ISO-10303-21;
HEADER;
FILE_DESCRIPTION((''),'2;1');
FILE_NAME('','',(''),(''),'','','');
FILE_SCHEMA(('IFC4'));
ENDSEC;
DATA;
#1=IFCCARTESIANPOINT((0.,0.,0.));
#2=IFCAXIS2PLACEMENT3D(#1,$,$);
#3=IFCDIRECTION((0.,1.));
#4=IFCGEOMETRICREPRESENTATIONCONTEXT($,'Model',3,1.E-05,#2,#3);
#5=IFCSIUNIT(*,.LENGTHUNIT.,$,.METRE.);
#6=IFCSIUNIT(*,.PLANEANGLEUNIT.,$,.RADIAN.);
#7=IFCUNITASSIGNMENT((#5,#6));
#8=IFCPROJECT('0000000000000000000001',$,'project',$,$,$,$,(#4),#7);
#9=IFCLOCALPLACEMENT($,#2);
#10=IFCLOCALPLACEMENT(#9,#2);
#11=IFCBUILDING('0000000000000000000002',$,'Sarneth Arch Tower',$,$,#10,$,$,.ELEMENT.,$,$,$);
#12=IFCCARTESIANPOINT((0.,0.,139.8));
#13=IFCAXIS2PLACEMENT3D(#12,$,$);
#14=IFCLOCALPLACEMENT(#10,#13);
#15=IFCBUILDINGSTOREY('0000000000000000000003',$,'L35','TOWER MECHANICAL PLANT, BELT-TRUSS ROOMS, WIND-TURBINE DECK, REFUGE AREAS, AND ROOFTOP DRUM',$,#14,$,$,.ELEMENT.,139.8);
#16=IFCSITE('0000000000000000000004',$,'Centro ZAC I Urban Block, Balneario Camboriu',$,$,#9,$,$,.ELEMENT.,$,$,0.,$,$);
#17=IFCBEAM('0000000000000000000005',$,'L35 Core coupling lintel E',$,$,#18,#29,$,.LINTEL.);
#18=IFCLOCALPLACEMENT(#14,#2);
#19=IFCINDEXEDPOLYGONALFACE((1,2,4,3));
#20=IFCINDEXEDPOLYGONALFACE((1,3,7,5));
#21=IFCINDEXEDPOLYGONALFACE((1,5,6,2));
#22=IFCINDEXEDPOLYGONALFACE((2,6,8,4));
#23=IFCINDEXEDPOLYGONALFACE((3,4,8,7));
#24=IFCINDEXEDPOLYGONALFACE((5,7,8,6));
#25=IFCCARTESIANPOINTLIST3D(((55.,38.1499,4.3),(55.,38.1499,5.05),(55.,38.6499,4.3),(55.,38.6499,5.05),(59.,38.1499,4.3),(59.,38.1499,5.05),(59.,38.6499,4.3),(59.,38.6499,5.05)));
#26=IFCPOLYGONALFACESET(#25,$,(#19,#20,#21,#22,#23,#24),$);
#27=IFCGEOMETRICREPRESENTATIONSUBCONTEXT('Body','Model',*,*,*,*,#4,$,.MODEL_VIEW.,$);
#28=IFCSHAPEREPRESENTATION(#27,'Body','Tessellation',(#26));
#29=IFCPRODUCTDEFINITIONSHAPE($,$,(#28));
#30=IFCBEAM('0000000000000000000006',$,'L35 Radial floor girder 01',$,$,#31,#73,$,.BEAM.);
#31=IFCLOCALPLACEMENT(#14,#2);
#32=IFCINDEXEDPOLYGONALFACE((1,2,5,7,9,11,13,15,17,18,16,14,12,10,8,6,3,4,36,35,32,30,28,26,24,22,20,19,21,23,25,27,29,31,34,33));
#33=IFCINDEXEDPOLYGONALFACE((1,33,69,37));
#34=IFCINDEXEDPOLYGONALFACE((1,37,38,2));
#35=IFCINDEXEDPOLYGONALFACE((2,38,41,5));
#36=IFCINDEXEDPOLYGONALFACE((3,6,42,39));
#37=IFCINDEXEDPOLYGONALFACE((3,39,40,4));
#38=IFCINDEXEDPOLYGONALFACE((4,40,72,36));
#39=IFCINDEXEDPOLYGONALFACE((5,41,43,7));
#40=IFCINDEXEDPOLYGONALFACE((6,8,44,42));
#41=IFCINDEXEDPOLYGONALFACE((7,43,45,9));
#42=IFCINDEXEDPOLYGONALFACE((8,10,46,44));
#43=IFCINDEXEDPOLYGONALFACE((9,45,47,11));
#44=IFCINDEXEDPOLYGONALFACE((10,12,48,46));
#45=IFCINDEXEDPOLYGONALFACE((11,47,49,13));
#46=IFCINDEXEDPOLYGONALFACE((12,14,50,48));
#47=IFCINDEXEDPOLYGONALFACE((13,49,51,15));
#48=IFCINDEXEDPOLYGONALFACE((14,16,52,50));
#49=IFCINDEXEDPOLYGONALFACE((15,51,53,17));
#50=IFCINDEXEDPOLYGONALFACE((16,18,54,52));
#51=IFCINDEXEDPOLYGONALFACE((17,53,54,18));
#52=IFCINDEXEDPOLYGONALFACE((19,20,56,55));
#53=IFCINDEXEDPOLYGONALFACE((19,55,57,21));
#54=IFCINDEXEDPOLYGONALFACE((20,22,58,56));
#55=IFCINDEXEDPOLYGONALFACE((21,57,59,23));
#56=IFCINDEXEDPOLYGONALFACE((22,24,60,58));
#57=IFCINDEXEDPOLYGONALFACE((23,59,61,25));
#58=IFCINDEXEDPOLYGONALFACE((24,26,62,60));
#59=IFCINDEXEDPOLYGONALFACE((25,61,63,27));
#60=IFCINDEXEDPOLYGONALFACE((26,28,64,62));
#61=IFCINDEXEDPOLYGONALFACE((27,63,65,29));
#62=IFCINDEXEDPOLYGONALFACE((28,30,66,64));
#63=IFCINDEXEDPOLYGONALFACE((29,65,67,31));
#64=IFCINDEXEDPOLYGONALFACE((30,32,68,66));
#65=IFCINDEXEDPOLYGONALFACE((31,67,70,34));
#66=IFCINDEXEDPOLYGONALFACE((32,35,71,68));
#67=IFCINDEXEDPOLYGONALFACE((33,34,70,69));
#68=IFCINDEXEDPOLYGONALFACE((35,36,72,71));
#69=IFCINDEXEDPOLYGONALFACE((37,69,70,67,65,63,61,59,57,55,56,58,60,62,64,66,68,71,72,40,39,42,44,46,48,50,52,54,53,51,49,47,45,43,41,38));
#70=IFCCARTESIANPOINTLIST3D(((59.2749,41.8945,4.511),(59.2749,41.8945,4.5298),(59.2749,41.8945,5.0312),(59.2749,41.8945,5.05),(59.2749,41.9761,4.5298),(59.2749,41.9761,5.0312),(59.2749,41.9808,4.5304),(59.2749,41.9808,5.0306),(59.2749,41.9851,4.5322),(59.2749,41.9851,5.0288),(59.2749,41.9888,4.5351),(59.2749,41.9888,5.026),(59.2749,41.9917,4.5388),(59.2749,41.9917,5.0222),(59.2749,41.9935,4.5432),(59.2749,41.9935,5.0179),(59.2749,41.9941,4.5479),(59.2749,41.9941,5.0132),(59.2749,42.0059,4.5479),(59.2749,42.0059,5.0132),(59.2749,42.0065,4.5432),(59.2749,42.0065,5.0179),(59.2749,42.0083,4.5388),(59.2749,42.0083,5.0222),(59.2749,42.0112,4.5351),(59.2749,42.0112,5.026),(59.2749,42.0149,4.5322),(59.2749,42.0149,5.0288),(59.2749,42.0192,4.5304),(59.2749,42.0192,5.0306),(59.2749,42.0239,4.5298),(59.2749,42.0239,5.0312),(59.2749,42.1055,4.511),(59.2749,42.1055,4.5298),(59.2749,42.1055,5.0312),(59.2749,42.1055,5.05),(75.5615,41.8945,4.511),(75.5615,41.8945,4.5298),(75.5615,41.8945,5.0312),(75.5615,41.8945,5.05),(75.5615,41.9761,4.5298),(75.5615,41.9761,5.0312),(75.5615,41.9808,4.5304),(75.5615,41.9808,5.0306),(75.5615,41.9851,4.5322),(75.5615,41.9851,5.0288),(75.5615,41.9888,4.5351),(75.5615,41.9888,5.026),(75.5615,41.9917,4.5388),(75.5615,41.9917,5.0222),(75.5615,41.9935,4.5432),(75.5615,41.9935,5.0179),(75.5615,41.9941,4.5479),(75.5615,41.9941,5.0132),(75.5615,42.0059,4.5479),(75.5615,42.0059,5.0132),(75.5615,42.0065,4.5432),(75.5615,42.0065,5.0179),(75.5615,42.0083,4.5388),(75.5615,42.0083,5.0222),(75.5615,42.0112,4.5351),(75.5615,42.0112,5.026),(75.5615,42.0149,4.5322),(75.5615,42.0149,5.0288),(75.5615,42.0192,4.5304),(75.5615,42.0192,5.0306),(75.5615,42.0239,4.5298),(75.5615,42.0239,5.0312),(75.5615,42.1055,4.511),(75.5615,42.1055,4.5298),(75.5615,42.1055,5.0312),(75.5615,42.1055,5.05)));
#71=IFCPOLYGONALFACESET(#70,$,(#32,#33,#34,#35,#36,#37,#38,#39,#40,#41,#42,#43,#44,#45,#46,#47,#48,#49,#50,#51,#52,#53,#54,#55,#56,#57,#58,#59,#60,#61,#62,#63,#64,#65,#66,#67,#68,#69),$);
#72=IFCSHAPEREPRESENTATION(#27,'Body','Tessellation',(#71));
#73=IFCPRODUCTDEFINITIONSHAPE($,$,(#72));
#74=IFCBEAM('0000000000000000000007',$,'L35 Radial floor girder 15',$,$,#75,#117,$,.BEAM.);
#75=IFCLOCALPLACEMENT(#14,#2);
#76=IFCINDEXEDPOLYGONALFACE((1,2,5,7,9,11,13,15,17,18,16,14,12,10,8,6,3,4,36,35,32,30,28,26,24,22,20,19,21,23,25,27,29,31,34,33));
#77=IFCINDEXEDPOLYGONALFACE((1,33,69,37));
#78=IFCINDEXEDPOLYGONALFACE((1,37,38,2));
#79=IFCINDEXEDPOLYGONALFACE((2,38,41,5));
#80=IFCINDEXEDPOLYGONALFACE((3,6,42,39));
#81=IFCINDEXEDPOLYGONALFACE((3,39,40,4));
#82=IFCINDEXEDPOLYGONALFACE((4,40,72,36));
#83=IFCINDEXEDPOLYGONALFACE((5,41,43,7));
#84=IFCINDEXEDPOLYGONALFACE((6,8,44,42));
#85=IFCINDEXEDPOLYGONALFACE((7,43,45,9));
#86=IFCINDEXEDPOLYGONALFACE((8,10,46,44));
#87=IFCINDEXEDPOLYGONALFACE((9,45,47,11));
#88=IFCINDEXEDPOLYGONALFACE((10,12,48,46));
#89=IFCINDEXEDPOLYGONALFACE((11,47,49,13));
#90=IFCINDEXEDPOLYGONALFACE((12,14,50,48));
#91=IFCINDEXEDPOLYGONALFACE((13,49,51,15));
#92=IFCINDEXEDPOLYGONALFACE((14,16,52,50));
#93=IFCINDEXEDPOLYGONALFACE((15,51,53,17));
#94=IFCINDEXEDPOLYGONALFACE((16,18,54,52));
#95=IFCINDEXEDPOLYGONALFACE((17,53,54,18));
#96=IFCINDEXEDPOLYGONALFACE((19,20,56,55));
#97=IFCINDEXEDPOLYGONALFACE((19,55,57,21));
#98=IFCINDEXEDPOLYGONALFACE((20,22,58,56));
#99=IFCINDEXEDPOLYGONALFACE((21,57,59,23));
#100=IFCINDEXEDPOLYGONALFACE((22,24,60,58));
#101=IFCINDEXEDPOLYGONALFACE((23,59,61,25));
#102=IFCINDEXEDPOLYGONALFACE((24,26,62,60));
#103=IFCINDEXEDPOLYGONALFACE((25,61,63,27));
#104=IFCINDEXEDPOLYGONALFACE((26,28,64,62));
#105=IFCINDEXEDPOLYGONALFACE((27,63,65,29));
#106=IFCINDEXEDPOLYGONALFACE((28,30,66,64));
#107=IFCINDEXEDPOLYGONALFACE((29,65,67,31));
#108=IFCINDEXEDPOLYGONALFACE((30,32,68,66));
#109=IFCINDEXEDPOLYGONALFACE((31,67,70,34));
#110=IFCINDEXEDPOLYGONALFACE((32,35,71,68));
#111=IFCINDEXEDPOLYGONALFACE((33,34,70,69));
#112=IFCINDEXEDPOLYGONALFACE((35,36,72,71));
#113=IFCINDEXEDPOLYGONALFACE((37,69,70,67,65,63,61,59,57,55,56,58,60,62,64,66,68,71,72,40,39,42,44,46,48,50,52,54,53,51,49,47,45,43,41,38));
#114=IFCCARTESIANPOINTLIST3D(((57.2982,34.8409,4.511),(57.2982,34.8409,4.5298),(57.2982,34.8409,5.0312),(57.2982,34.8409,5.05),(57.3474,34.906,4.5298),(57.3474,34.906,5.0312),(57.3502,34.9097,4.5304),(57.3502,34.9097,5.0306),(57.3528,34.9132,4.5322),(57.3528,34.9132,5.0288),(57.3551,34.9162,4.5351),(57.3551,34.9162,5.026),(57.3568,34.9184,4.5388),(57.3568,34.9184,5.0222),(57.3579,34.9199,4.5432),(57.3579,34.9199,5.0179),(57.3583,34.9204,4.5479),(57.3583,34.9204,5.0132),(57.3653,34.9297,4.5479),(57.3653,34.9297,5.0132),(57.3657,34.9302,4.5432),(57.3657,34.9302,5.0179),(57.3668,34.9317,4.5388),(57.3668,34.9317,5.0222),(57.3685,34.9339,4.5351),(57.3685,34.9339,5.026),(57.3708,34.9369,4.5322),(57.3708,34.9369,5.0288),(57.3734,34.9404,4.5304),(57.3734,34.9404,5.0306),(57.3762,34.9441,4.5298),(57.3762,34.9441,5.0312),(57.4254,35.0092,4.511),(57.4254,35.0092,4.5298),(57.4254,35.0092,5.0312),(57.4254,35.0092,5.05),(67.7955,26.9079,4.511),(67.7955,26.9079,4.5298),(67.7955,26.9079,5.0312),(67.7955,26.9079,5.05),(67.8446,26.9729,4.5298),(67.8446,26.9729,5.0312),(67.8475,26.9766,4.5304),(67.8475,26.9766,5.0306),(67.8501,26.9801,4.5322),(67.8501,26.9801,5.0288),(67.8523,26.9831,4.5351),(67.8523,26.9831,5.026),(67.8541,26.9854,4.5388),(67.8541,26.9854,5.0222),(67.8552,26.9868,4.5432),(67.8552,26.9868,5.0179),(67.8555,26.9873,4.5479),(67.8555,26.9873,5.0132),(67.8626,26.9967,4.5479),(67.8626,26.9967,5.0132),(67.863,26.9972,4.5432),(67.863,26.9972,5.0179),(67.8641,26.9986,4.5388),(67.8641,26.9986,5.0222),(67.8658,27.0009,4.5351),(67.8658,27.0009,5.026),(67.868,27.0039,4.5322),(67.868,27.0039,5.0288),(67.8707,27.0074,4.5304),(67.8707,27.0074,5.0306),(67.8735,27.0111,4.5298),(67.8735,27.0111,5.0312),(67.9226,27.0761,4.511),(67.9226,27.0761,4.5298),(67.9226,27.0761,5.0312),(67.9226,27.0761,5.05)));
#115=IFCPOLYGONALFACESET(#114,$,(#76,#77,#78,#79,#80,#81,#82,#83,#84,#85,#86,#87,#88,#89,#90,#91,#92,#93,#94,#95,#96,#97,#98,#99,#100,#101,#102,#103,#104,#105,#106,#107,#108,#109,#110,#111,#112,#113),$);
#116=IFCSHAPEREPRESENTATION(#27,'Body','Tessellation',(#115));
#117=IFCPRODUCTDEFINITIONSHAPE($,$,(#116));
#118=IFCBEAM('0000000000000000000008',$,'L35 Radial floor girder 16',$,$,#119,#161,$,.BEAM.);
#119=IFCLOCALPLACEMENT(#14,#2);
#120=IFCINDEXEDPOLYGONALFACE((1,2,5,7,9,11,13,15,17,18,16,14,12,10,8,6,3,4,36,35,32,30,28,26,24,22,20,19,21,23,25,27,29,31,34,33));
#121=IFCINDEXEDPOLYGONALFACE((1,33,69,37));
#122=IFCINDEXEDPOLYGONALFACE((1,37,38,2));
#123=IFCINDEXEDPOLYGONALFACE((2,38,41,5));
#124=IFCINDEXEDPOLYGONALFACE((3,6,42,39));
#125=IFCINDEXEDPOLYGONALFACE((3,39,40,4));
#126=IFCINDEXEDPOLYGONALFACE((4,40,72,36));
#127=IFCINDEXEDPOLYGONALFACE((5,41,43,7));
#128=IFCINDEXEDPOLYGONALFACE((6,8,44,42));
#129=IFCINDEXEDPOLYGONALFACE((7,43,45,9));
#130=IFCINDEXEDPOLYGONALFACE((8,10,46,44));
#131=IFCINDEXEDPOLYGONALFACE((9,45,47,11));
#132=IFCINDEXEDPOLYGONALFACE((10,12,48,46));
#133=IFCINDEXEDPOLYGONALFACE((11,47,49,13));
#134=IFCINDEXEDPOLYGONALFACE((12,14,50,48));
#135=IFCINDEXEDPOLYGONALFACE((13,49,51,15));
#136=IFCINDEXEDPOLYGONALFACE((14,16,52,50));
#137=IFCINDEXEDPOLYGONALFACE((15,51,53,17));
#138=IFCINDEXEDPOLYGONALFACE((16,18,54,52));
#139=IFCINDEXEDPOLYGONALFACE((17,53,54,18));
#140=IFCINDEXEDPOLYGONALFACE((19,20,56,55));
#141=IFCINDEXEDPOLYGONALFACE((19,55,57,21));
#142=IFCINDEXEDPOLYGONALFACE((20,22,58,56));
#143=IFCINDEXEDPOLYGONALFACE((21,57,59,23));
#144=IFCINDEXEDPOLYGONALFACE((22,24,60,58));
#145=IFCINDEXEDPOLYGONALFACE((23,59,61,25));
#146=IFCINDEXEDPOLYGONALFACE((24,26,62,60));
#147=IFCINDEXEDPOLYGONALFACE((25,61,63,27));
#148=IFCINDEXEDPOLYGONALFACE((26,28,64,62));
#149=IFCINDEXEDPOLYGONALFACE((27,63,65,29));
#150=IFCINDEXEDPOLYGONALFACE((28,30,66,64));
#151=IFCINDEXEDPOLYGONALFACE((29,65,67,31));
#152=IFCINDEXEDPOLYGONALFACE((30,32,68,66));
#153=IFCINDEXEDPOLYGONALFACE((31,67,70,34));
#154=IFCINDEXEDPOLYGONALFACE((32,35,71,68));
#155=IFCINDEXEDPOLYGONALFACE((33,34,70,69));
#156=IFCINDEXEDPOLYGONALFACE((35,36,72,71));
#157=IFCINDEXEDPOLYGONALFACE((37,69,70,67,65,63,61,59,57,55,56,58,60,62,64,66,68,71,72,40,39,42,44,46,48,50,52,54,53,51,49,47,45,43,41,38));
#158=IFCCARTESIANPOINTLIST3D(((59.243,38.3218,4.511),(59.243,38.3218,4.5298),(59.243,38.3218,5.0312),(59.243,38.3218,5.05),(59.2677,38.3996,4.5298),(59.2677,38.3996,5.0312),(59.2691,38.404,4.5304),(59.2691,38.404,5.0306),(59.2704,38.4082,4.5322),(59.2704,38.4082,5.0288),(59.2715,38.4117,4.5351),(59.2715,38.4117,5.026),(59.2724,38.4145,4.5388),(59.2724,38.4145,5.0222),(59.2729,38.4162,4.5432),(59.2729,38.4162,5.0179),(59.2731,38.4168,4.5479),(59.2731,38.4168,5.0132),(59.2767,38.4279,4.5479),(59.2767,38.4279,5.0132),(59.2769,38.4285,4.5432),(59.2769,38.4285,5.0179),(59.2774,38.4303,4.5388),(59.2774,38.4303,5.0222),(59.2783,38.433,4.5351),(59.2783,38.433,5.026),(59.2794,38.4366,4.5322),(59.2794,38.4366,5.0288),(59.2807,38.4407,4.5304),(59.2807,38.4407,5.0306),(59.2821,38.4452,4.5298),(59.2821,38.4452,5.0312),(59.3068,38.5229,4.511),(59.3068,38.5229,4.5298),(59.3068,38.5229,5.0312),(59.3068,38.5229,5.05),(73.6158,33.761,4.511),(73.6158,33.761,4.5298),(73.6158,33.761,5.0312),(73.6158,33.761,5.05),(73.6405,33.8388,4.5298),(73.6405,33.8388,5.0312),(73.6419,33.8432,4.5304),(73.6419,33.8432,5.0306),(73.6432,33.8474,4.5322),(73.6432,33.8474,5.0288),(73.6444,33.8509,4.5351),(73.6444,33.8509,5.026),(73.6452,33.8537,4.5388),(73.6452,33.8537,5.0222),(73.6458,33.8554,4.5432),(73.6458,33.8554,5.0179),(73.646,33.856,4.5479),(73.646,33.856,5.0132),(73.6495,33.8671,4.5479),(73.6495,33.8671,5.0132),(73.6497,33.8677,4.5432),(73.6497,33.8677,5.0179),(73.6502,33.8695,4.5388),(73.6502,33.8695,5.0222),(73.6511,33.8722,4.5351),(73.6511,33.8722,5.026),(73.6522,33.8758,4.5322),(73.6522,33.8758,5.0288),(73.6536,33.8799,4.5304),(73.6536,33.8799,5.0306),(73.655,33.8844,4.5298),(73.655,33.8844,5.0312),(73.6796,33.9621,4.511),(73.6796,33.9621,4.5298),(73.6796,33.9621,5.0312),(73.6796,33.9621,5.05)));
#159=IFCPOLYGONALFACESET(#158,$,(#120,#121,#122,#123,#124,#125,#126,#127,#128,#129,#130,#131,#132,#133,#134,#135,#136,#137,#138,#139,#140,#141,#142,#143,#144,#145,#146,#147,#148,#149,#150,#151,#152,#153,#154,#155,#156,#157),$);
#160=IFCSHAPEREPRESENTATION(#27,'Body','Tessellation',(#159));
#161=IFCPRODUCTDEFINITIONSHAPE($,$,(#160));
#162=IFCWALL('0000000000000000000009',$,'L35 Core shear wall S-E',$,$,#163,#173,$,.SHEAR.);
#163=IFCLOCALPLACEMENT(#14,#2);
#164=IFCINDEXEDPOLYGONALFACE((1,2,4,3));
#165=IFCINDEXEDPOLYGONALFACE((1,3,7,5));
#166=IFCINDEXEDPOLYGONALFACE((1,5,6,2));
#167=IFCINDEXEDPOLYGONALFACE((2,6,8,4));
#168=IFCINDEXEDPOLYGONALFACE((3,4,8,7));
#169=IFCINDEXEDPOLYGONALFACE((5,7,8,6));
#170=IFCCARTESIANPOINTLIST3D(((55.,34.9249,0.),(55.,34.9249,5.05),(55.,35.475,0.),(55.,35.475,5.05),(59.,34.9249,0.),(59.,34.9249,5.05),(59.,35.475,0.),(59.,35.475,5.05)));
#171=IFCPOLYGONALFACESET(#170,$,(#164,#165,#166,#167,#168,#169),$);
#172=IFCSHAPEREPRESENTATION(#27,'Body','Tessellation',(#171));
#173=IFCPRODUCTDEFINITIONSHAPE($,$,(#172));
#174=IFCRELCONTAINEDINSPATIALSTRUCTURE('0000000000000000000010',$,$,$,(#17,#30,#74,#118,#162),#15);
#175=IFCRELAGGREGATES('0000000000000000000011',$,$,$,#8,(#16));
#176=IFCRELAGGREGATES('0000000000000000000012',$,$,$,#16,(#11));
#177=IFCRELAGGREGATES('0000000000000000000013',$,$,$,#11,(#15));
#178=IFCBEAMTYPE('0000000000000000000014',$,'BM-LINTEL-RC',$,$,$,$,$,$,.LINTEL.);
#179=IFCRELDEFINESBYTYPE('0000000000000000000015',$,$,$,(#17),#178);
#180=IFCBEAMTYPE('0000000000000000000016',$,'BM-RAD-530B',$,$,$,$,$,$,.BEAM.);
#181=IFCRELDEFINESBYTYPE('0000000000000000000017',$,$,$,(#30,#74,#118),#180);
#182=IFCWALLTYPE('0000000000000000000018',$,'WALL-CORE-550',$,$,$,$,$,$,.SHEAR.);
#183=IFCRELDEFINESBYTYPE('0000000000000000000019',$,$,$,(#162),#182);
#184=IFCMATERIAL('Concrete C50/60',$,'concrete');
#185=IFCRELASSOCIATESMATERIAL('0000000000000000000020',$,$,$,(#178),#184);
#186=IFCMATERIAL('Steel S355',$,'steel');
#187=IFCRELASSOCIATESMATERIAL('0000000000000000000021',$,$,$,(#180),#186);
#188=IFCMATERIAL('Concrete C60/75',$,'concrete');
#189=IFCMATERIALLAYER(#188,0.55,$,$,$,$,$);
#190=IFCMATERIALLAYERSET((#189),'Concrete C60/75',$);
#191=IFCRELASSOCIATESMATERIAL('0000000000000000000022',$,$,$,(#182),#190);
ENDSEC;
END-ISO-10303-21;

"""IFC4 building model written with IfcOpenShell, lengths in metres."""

from ifc_helpers import new_model, si_unit, direction, frame, frame_2d, origin, origin_2d, place, context, subcontext, project, spatial, rectangle, i_section, extrude, material, layer, layer_set, material_profile, profile_set, type_object, element, save


model = new_model("IFC4")

# Units and contexts
model_context = context("Model", 3, precision=1e-05, world=origin(), true_north=direction((0.0, 1.0)))
body_context = subcontext(model_context, "Body", "Model", "MODEL_VIEW")
ifc_project = project(units=[si_unit("LENGTHUNIT", "METRE"), si_unit("PLANEANGLEUNIT", "RADIAN")], contexts=[model_context])

# Site, building, storey
site_placement = place(None, origin())
site = spatial("IfcSite", under=ifc_project, at=site_placement, Name="Centro ZAC I Urban Block, Balneario Camboriu", CompositionType="ELEMENT", RefElevation=0.0)
building_placement = place(site_placement, origin())
building = spatial("IfcBuilding", under=site, at=building_placement, Name="Sarneth Arch Tower", CompositionType="ELEMENT")
storey_placement = place(building_placement, frame((0.0, 0.0, 139.8)))
storey = spatial("IfcBuildingStorey", under=building, at=storey_placement, Name="L35", Description="TOWER MECHANICAL PLANT, BELT-TRUSS ROOMS, WIND-TURBINE DECK, REFUGE AREAS, AND ROOFTOP DRUM", CompositionType="ELEMENT", Elevation=139.8)

# Beams
ifc_material_1 = material(Name="Concrete C50/60", Category="concrete")
ifc_material_profile_1 = material_profile(ifc_material_1, rectangle(XDim=0.5, YDim=0.75, at=origin_2d()), Name="RC-500x750")
ifc_profile_set_1 = profile_set([ifc_material_profile_1], Name="Concrete C50/60")
beam_type_1 = type_object("IfcBeamType", Name="BM-LINTEL-RC", PredefinedType="LINTEL", material=ifc_profile_set_1)
beam_1_placement = place(storey_placement, frame((55.0, 38.3999, 4.675), z_axis=(1.0, 0.0, 0.0), x_axis=(0.0, 1.0, 0.0)))
element("IfcBeam", 1, at=beam_1_placement, inside=storey, type_object=beam_type_1, Name="L35 Core coupling lintel E", PredefinedType="LINTEL", context=body_context, shape_type="SweptSolid", body=[
    extrude(rectangle(XDim=0.5, YDim=0.75, at=origin_2d()), origin(), (0.0, 0.0, 1.0), 4.0),
])
ifc_material_2 = material(Name="Steel S355", Category="steel")
ifc_material_profile_2 = material_profile(ifc_material_2, i_section(OverallWidth=0.2109, OverallDepth=0.5391, WebThickness=0.0117, FlangeThickness=0.0188, FilletRadius=0.0181, at=origin_2d()), Name="W530x109")
ifc_profile_set_2 = profile_set([ifc_material_profile_2], Name="Steel S355")
beam_type_2 = type_object("IfcBeamType", Name="BM-RAD-530B", PredefinedType="BEAM", material=ifc_profile_set_2)
beam_2_placement = place(storey_placement, frame((59.2749, 42.0, 4.7805), z_axis=(1.0, 0.0, 0.0), x_axis=(0.0, 1.0, 0.0)))
element("IfcBeam", 2, at=beam_2_placement, inside=storey, type_object=beam_type_2, Name="L35 Radial floor girder 01", PredefinedType="BEAM", context=body_context, shape_type="SweptSolid", body=[
    extrude(i_section(OverallWidth=0.2109, OverallDepth=0.5391, WebThickness=0.0117, FlangeThickness=0.0188, FilletRadius=0.0181, at=origin_2d()), origin(), (0.0, 0.0, 1.0), 16.2866),
])
beam_3_placement = place(storey_placement, frame((57.3618, 34.925, 4.7805), z_axis=(0.797801, -0.60292, 0.0), x_axis=(0.60292, 0.797801, 0.0)))
element("IfcBeam", 3, at=beam_3_placement, inside=storey, type_object=beam_type_2, Name="L35 Radial floor girder 15", PredefinedType="BEAM", context=body_context, shape_type="SweptSolid", body=[
    extrude(i_section(OverallWidth=0.2109, OverallDepth=0.5391, WebThickness=0.0117, FlangeThickness=0.0188, FilletRadius=0.0181, at=origin_2d()), origin(), (0.0, 0.0, 1.0), 13.1577),
])
beam_4_placement = place(storey_placement, frame((59.2749, 38.4224, 4.7805), z_axis=(0.953163, -0.302458, 0.0), x_axis=(0.302458, 0.953163, 0.0)))
element("IfcBeam", 4, at=beam_4_placement, inside=storey, type_object=beam_type_2, Name="L35 Radial floor girder 16", PredefinedType="BEAM", context=body_context, shape_type="SweptSolid", body=[
    extrude(i_section(OverallWidth=0.2109, OverallDepth=0.5391, WebThickness=0.0117, FlangeThickness=0.0188, FilletRadius=0.0181, at=origin_2d()), origin(), (0.0, 0.0, 1.0), 15.0791),
])

# Wall
ifc_material_3 = material(Name="Concrete C60/75", Category="concrete")
ifc_layer_1 = layer(ifc_material_3, 0.55)
ifc_layer_set_1 = layer_set([ifc_layer_1], Name="Concrete C60/75")
wall_type_1 = type_object("IfcWallType", Name="WALL-CORE-550", PredefinedType="SHEAR", material=ifc_layer_set_1)
wall_1_placement = place(storey_placement, frame((55.0, 35.2, 0.0), z_axis=(0.0, 0.0, 1.0), x_axis=(1.0, 0.0, 0.0)))
element("IfcWall", 5, at=wall_1_placement, inside=storey, type_object=wall_type_1, Name="L35 Core shear wall S-E", PredefinedType="SHEAR", context=body_context, shape_type="SweptSolid", body=[
    extrude(rectangle(XDim=4.0, YDim=0.55, at=frame_2d((2.0, 0.0))), origin(), (0.0, 0.0, 1.0), 5.05),
])

save(model, "model.ifc")
